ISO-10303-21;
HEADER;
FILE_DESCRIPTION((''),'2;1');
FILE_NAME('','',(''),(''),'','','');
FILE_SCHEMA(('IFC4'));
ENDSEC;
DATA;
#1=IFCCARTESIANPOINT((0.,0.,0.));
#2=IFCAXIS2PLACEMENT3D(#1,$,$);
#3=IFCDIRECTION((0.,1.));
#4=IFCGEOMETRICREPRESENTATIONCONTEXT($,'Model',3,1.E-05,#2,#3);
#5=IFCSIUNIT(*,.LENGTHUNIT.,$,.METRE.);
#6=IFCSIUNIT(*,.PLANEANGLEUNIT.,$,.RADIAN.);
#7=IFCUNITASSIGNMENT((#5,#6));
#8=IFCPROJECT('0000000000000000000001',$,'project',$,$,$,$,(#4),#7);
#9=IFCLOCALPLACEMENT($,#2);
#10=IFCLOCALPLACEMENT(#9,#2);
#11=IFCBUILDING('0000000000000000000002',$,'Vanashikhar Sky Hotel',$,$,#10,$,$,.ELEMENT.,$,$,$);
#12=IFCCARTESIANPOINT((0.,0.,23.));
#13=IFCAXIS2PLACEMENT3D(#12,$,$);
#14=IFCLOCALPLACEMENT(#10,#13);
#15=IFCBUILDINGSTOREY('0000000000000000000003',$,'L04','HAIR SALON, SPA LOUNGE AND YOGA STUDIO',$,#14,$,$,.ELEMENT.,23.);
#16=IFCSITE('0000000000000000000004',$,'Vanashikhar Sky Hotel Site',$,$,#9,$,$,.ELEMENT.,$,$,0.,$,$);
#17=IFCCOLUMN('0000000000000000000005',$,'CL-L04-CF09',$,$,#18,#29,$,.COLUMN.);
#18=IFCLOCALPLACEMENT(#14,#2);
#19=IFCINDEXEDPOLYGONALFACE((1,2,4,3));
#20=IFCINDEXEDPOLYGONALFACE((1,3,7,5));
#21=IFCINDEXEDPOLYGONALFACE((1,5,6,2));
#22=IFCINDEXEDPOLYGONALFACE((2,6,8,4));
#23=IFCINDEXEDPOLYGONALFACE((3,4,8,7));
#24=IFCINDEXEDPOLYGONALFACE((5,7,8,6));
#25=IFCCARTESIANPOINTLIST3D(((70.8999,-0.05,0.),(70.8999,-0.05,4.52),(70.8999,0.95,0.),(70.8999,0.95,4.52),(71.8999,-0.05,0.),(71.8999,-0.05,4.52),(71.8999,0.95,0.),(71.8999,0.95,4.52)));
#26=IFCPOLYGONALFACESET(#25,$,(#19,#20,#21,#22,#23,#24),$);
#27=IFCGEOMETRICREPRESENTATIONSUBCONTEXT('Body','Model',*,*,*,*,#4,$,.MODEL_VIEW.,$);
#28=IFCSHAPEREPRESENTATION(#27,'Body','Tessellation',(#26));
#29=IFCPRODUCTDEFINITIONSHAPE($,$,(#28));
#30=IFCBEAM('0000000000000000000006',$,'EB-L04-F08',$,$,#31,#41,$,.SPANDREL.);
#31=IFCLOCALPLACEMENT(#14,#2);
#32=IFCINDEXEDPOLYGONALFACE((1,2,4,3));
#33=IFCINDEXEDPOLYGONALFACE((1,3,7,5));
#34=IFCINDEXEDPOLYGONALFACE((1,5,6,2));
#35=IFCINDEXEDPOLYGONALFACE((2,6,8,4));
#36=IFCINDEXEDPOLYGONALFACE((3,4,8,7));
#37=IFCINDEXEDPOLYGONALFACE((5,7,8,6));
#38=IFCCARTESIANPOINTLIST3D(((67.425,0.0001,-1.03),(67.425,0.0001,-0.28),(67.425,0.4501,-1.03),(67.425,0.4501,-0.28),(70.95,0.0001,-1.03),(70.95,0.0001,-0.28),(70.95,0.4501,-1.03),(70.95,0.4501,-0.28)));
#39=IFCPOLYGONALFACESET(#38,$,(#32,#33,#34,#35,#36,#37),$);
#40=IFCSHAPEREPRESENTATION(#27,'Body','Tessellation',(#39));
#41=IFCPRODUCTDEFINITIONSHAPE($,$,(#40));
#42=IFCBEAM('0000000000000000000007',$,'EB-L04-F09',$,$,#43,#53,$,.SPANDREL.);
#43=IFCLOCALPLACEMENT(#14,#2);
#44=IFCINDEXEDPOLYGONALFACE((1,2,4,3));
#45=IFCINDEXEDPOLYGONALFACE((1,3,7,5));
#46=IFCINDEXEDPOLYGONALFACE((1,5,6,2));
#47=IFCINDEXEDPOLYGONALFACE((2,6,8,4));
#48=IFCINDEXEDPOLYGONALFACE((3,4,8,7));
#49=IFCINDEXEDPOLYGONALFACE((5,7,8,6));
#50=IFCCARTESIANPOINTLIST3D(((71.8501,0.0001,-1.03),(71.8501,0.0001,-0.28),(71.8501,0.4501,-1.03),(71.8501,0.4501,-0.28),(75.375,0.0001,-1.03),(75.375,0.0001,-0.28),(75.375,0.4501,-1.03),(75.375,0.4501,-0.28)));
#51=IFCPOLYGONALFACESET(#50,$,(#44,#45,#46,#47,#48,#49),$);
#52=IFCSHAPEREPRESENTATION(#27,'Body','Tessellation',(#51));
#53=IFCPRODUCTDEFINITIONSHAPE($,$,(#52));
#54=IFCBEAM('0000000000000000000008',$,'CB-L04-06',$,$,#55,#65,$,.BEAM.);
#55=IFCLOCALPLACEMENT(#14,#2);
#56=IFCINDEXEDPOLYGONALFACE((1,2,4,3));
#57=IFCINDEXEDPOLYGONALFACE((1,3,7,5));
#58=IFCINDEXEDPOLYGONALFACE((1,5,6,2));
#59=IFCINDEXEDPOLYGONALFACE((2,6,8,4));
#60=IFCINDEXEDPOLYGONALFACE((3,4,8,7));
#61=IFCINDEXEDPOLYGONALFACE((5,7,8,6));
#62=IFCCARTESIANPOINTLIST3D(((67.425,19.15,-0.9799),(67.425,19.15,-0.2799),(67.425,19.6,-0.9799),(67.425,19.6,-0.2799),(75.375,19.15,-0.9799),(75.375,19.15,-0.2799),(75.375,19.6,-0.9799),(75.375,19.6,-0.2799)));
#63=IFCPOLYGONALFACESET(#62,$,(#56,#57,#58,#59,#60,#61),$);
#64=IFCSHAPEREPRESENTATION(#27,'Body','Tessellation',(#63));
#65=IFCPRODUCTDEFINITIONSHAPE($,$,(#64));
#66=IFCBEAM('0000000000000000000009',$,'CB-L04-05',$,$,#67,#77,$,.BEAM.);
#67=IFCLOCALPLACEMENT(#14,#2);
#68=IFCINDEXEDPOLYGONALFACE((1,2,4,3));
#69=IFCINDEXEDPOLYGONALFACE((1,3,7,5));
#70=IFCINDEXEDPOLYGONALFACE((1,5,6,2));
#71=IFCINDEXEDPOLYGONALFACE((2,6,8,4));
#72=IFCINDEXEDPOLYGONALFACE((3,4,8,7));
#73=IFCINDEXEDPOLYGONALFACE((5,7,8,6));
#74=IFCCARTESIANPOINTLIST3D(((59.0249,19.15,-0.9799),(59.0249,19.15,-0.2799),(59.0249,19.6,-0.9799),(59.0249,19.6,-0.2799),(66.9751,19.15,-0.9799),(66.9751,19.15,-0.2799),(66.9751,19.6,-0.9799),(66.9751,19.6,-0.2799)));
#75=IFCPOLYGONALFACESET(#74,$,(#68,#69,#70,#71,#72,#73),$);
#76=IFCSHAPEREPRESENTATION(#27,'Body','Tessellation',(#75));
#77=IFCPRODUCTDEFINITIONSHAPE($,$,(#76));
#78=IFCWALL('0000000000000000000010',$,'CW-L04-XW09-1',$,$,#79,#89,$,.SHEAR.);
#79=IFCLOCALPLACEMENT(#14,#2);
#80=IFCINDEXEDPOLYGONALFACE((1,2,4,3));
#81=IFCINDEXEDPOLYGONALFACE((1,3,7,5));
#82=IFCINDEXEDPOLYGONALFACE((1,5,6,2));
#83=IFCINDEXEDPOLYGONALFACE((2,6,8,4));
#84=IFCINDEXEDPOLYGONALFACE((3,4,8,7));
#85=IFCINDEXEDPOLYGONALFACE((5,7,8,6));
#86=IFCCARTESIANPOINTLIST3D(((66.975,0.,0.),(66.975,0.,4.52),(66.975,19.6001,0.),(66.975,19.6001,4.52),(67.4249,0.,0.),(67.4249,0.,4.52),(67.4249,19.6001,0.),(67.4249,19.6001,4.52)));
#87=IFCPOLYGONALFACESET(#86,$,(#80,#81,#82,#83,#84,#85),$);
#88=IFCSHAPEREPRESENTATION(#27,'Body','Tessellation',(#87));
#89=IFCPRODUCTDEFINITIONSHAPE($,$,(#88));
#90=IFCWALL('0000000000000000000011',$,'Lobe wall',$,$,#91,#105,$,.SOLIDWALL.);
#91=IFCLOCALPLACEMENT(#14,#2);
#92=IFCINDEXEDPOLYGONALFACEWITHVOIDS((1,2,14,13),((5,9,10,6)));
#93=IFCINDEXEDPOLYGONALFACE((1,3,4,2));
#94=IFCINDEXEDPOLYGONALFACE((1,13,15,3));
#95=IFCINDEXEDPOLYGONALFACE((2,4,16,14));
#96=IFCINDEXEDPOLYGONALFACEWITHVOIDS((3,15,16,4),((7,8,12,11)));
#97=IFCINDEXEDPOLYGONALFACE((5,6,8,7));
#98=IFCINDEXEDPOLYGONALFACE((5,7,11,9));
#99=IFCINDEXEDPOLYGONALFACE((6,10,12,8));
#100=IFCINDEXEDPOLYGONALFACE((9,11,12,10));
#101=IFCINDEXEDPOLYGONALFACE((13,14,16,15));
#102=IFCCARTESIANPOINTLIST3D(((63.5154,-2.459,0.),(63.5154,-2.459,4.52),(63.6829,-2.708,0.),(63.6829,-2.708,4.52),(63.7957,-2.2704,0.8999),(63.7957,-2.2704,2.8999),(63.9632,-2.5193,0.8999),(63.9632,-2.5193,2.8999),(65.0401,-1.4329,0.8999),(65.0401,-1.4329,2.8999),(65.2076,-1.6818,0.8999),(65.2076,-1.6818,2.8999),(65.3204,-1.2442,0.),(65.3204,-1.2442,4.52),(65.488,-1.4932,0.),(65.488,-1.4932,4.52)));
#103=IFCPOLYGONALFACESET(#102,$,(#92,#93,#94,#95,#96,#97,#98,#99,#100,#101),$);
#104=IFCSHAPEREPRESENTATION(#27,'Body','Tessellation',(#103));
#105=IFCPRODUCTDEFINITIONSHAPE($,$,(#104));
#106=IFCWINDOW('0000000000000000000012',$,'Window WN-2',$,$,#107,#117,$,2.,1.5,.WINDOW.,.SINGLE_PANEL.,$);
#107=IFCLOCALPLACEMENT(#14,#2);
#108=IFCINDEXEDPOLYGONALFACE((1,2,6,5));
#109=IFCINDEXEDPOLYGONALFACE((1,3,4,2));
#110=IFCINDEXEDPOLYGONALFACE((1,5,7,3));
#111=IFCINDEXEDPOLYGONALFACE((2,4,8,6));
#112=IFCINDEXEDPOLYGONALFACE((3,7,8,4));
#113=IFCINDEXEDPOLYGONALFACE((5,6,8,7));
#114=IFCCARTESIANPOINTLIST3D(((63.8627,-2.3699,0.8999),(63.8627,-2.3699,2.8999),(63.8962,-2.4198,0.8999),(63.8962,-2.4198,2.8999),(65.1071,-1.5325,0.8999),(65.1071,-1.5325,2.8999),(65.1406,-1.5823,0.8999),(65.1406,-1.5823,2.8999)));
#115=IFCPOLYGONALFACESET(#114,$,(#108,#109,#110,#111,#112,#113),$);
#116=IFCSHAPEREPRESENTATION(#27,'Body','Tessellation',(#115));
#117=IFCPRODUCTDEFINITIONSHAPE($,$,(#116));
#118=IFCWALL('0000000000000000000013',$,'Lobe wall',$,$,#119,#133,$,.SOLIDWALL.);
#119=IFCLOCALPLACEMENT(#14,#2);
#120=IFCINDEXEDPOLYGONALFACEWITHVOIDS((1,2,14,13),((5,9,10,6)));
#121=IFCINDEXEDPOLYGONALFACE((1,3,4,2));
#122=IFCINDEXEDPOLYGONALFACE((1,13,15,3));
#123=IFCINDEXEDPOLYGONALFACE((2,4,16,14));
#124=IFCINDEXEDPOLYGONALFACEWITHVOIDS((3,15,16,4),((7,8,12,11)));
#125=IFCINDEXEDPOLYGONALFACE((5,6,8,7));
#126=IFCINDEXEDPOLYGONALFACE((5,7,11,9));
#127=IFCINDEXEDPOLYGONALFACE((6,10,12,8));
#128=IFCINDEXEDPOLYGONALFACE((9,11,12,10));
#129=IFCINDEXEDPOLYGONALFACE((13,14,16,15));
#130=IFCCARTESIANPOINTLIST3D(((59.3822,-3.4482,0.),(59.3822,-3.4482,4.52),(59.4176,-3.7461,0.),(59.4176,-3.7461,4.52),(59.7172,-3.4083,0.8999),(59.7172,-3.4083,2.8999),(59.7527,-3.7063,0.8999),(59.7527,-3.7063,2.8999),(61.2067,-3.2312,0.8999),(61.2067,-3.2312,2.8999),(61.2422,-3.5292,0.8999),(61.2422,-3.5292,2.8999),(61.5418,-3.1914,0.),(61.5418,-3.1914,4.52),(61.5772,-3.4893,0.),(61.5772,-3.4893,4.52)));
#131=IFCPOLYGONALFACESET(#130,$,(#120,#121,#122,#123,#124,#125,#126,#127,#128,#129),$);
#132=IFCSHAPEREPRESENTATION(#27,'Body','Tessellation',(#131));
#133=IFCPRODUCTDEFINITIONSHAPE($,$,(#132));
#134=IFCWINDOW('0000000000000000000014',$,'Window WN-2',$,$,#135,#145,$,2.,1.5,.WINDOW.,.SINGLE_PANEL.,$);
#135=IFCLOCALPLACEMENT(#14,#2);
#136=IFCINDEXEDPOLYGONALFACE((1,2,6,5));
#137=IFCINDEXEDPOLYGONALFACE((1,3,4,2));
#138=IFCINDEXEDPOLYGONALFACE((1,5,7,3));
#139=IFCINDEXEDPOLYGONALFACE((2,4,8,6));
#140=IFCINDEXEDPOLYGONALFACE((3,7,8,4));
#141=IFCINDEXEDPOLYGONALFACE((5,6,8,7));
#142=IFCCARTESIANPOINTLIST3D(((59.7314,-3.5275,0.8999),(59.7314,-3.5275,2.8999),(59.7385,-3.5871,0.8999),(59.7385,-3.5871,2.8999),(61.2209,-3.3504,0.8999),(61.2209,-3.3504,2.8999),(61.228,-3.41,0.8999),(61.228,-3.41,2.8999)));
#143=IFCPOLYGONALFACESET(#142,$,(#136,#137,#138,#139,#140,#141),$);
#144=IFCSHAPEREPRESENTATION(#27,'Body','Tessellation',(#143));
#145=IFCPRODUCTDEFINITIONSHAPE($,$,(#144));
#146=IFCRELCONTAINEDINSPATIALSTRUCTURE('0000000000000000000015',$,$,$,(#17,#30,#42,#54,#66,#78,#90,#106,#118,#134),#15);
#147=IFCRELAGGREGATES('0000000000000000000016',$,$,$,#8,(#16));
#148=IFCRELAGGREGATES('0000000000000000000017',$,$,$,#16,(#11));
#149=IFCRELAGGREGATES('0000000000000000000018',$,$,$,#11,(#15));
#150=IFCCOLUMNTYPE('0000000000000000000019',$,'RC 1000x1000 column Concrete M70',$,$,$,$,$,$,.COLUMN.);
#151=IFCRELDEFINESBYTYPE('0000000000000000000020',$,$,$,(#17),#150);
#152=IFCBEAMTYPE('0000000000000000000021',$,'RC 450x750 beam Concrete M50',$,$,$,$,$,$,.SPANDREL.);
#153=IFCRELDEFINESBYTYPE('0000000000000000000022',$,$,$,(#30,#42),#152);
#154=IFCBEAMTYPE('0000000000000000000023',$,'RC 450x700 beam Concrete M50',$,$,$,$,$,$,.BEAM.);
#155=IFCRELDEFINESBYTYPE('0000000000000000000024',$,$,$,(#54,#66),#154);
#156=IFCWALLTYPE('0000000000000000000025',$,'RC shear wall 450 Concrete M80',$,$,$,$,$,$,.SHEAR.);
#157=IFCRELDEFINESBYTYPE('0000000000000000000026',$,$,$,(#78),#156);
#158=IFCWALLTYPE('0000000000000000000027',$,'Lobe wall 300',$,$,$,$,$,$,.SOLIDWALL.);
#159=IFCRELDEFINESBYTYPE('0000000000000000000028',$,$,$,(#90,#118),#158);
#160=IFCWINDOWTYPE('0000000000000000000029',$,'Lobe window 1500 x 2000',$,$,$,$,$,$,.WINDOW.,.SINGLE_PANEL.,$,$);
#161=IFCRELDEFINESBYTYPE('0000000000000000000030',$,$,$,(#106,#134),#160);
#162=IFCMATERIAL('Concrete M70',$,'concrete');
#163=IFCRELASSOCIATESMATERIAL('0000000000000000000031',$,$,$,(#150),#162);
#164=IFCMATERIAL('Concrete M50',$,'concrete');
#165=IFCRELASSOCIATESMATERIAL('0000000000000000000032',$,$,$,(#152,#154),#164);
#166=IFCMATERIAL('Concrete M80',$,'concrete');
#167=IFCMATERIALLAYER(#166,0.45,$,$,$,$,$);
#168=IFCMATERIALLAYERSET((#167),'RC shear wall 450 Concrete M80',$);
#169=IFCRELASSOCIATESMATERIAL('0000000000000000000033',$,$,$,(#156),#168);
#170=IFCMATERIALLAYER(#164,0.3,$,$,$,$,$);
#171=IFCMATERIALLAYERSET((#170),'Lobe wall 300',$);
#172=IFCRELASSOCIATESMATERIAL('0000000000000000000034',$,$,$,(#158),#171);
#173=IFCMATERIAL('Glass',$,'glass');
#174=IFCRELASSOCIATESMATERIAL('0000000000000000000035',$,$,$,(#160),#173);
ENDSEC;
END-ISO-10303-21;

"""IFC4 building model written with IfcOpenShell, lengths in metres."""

from ifc_helpers import new_model, si_unit, direction, frame, frame_2d, origin, origin_2d, place, context, subcontext, project, spatial, rectangle, extrude, source, transform, mapped, material, layer, layer_set, material_profile, profile_set, type_object, element, fill, save


model = new_model("IFC4")

# Units and contexts
model_context = context("Model", 3, precision=1e-05, world=origin(), true_north=direction((0.0, 1.0)))
body_context = subcontext(model_context, "Body", "Model", "MODEL_VIEW")
ifc_project = project(units=[si_unit("LENGTHUNIT", "METRE"), si_unit("PLANEANGLEUNIT", "RADIAN")], contexts=[model_context])

# Site, building, storey
site_placement = place(None, origin())
site = spatial("IfcSite", under=ifc_project, at=site_placement, Name="Vanashikhar Sky Hotel Site", CompositionType="ELEMENT", RefElevation=0.0)
building_placement = place(site_placement, origin())
building = spatial("IfcBuilding", under=site, at=building_placement, Name="Vanashikhar Sky Hotel", CompositionType="ELEMENT")
storey_placement = place(building_placement, frame((0.0, 0.0, 23.0)))
storey = spatial("IfcBuildingStorey", under=building, at=storey_placement, Name="L04", Description="HAIR SALON, SPA LOUNGE AND YOGA STUDIO", CompositionType="ELEMENT", Elevation=23.0)

# Column
ifc_material_1 = material(Name="Concrete M70", Category="concrete")
ifc_material_profile_1 = material_profile(ifc_material_1, rectangle(XDim=1.0, YDim=1.0, at=origin_2d()))
ifc_profile_set_1 = profile_set([ifc_material_profile_1], Name="RC 1000x1000 column Concrete M70")
column_type = type_object("IfcColumnType", Name="RC 1000x1000 column Concrete M70", PredefinedType="COLUMN", material=ifc_profile_set_1)
shared_shape_1 = source(origin(), body_context, "Body", "SweptSolid", [
    extrude(rectangle(XDim=1.0, YDim=1.0, at=origin_2d()), origin(), (0.0, 0.0, 1.0), 4.52),
])
column_placement = place(storey_placement, frame((71.3999, 0.45, 0.0), z_axis=(0.0, 0.0, 1.0), x_axis=(1.0, 0.0, 0.0)))
element("IfcColumn", 1, at=column_placement, inside=storey, type_object=column_type, Name="CL-L04-CF09", PredefinedType="COLUMN", context=body_context, shape_type="MappedRepresentation", body=[
    mapped(shared_shape_1, transform((0.0, 0.0, 0.0), scale=1.0)),
])

# Beams
ifc_material_2 = material(Name="Concrete M50", Category="concrete")
ifc_material_profile_2 = material_profile(ifc_material_2, rectangle(XDim=0.45, YDim=0.75, at=origin_2d()))
ifc_profile_set_2 = profile_set([ifc_material_profile_2], Name="RC 450x750 beam Concrete M50")
beam_type_1 = type_object("IfcBeamType", Name="RC 450x750 beam Concrete M50", PredefinedType="SPANDREL", material=ifc_profile_set_2)
shared_shape_2 = source(origin(), body_context, "Body", "SweptSolid", [
    extrude(rectangle(XDim=0.45, YDim=0.75, at=origin_2d()), origin(), (0.0, 0.0, 1.0), 3.5249),
])
for number, where, z_axis, x_axis, name in (
    (2, (67.425, 0.2251, -0.655), (1.0, 0.0, 0.0), (0.0, 1.0, 0.0), "EB-L04-F08"),
    (3, (71.8501, 0.2251, -0.655), (1.0, 0.0, 0.0), (0.0, 1.0, 0.0), "EB-L04-F09"),
):
    element("IfcBeam", number, at=place(storey_placement, frame(where, z_axis=z_axis, x_axis=x_axis)), inside=storey, type_object=beam_type_1, Name=name, PredefinedType="SPANDREL", context=body_context, shape_type="MappedRepresentation", body=[
        mapped(shared_shape_2, transform((0.0, 0.0, 0.0), scale=1.0)),
    ])
ifc_material_profile_3 = material_profile(ifc_material_2, rectangle(XDim=0.45, YDim=0.7, at=origin_2d()))
ifc_profile_set_3 = profile_set([ifc_material_profile_3], Name="RC 450x700 beam Concrete M50")
beam_type_2 = type_object("IfcBeamType", Name="RC 450x700 beam Concrete M50", PredefinedType="BEAM", material=ifc_profile_set_3)
shared_shape_3 = source(origin(), body_context, "Body", "SweptSolid", [
    extrude(rectangle(XDim=0.45, YDim=0.7, at=origin_2d()), origin(), (0.0, 0.0, 1.0), 7.95),
])
beam_1_placement = place(storey_placement, frame((67.425, 19.375, -0.6299), z_axis=(1.0, 0.0, 0.0), x_axis=(0.0, 1.0, 0.0)))
element("IfcBeam", 4, at=beam_1_placement, inside=storey, type_object=beam_type_2, Name="CB-L04-06", PredefinedType="BEAM", context=body_context, shape_type="MappedRepresentation", body=[
    mapped(shared_shape_3, transform((0.0, 0.0, 0.0), scale=1.0)),
])
shared_shape_4 = source(origin(), body_context, "Body", "SweptSolid", [
    extrude(rectangle(XDim=0.45, YDim=0.7, at=origin_2d()), origin(), (0.0, 0.0, 1.0), 7.9502),
])
beam_2_placement = place(storey_placement, frame((59.0249, 19.375, -0.6299), z_axis=(1.0, 0.0, 0.0), x_axis=(0.0, 1.0, 0.0)))
element("IfcBeam", 5, at=beam_2_placement, inside=storey, type_object=beam_type_2, Name="CB-L04-05", PredefinedType="BEAM", context=body_context, shape_type="MappedRepresentation", body=[
    mapped(shared_shape_4, transform((0.0, 0.0, 0.0), scale=1.0)),
])

# Wall
ifc_material_3 = material(Name="Concrete M80", Category="concrete")
ifc_layer_1 = layer(ifc_material_3, 0.45)
ifc_layer_set_1 = layer_set([ifc_layer_1], Name="RC shear wall 450 Concrete M80")
wall_type_1 = type_object("IfcWallType", Name="RC shear wall 450 Concrete M80", PredefinedType="SHEAR", material=ifc_layer_set_1)
shared_shape_5 = source(origin(), body_context, "Body", "SweptSolid", [
    extrude(rectangle(XDim=19.6001, YDim=0.45, at=frame_2d((9.8, 0.0))), origin(), (0.0, 0.0, 1.0), 4.52),
])
wall_1_placement = place(storey_placement, frame((67.2, 0.0, 0.0), z_axis=(0.0, 0.0, 1.0), x_axis=(0.0, 1.0, 0.0)))
element("IfcWall", 6, at=wall_1_placement, inside=storey, type_object=wall_type_1, Name="CW-L04-XW09-1", PredefinedType="SHEAR", context=body_context, shape_type="MappedRepresentation", body=[
    mapped(shared_shape_5, transform((0.0, 0.0, 0.0), scale=1.0)),
])

# Walls, openings, windows
ifc_layer_2 = layer(ifc_material_2, 0.3)
ifc_layer_set_2 = layer_set([ifc_layer_2], Name="Lobe wall 300")
wall_type_2 = type_object("IfcWallType", Name="Lobe wall 300", PredefinedType="SOLIDWALL", material=ifc_layer_set_2)
shared_shape_6 = source(origin(), body_context, "Body", "SweptSolid", [
    extrude(rectangle(XDim=2.1758, YDim=0.3, at=frame_2d((1.0879, 0.0))), origin(), (0.0, 0.0, 1.0), 4.52),
])
wall_2_placement = place(storey_placement, frame((63.5991, -2.5835, 0.0), z_axis=(0.0, 0.0, 1.0), x_axis=(0.829626, 0.55832, 0.0)))
wall_2 = element("IfcWall", 7, at=wall_2_placement, inside=storey, type_object=wall_type_2, Name="Lobe wall", PredefinedType="SOLIDWALL", context=body_context, shape_type="MappedRepresentation", body=[
    mapped(shared_shape_6, transform((0.0, 0.0, 0.0), scale=1.0)),
])
shared_shape_7 = source(origin(), body_context, "Body", "SweptSolid", [
    extrude(rectangle(XDim=1.5, YDim=2.0, at=frame_2d((0.75, 1.0))), frame((0.0, 0.1602, 0.0), z_axis=(0.0, -1.0, 0.0), x_axis=(1.0, 0.0, 0.0)), (0.0, 0.0, 1.0), 0.3201),
])
opening_1_placement = place(wall_2_placement, frame((0.3379, 0.0, 0.8999)))
opening_1 = element("IfcOpeningElement", 8, at=opening_1_placement, cuts=wall_2, PredefinedType="OPENING", context=body_context, shape_type="MappedRepresentation", body=[
    mapped(shared_shape_7, transform((0.0, 0.0, 0.0), scale=1.0)),
])
ifc_material_4 = material(Name="Glass", Category="glass")
window_type_1 = type_object("IfcWindowType", Name="Lobe window 1500 x 2000", PartitioningType="SINGLE_PANEL", PredefinedType="WINDOW", material=ifc_material_4)
shared_shape_8 = source(origin(), body_context, "Body", "SweptSolid", [
    extrude(rectangle(XDim=1.5, YDim=2.0, at=frame_2d((0.75, 1.0))), frame((0.0, 0.03, 0.0), z_axis=(0.0, -1.0, 0.0), x_axis=(1.0, 0.0, 0.0)), (0.0, 0.0, 1.0), 0.0601),
])
window_1_placement = place(opening_1_placement, origin())
window_1 = element("IfcWindow", 9, at=window_1_placement, inside=storey, type_object=window_type_1, Name="Window WN-2", OverallHeight=2.0, OverallWidth=1.5, PartitioningType="SINGLE_PANEL", PredefinedType="WINDOW", context=body_context, shape_type="MappedRepresentation", body=[
    mapped(shared_shape_8, transform((0.0, 0.0, 0.0), scale=1.0)),
])
fill(opening_1, window_1)
shared_shape_9 = source(origin(), body_context, "Body", "SweptSolid", [
    extrude(rectangle(XDim=2.1748, YDim=0.3, at=frame_2d((1.0874, 0.0))), origin(), (0.0, 0.0, 1.0), 4.52),
])
wall_3_placement = place(storey_placement, frame((59.3999, -3.5972, 0.0), z_axis=(0.0, 0.0, 1.0), x_axis=(0.993003, 0.118092, 0.0)))
wall_3 = element("IfcWall", 10, at=wall_3_placement, inside=storey, type_object=wall_type_2, Name="Lobe wall", PredefinedType="SOLIDWALL", context=body_context, shape_type="MappedRepresentation", body=[
    mapped(shared_shape_9, transform((0.0, 0.0, 0.0), scale=1.0)),
])
opening_2_placement = place(wall_3_placement, frame((0.3374, 0.0, 0.8999)))
opening_2 = element("IfcOpeningElement", 11, at=opening_2_placement, cuts=wall_3, PredefinedType="OPENING", context=body_context, shape_type="MappedRepresentation", body=[
    mapped(shared_shape_7, transform((0.0, 0.0, 0.0), scale=1.0)),
])
window_2_placement = place(opening_2_placement, origin())
window_2 = element("IfcWindow", 12, at=window_2_placement, inside=storey, type_object=window_type_1, Name="Window WN-2", OverallHeight=2.0, OverallWidth=1.5, PartitioningType="SINGLE_PANEL", PredefinedType="WINDOW", context=body_context, shape_type="MappedRepresentation", body=[
    mapped(shared_shape_8, transform((0.0, 0.0, 0.0), scale=1.0)),
])
fill(opening_2, window_2)

save(model, "model.ifc")
